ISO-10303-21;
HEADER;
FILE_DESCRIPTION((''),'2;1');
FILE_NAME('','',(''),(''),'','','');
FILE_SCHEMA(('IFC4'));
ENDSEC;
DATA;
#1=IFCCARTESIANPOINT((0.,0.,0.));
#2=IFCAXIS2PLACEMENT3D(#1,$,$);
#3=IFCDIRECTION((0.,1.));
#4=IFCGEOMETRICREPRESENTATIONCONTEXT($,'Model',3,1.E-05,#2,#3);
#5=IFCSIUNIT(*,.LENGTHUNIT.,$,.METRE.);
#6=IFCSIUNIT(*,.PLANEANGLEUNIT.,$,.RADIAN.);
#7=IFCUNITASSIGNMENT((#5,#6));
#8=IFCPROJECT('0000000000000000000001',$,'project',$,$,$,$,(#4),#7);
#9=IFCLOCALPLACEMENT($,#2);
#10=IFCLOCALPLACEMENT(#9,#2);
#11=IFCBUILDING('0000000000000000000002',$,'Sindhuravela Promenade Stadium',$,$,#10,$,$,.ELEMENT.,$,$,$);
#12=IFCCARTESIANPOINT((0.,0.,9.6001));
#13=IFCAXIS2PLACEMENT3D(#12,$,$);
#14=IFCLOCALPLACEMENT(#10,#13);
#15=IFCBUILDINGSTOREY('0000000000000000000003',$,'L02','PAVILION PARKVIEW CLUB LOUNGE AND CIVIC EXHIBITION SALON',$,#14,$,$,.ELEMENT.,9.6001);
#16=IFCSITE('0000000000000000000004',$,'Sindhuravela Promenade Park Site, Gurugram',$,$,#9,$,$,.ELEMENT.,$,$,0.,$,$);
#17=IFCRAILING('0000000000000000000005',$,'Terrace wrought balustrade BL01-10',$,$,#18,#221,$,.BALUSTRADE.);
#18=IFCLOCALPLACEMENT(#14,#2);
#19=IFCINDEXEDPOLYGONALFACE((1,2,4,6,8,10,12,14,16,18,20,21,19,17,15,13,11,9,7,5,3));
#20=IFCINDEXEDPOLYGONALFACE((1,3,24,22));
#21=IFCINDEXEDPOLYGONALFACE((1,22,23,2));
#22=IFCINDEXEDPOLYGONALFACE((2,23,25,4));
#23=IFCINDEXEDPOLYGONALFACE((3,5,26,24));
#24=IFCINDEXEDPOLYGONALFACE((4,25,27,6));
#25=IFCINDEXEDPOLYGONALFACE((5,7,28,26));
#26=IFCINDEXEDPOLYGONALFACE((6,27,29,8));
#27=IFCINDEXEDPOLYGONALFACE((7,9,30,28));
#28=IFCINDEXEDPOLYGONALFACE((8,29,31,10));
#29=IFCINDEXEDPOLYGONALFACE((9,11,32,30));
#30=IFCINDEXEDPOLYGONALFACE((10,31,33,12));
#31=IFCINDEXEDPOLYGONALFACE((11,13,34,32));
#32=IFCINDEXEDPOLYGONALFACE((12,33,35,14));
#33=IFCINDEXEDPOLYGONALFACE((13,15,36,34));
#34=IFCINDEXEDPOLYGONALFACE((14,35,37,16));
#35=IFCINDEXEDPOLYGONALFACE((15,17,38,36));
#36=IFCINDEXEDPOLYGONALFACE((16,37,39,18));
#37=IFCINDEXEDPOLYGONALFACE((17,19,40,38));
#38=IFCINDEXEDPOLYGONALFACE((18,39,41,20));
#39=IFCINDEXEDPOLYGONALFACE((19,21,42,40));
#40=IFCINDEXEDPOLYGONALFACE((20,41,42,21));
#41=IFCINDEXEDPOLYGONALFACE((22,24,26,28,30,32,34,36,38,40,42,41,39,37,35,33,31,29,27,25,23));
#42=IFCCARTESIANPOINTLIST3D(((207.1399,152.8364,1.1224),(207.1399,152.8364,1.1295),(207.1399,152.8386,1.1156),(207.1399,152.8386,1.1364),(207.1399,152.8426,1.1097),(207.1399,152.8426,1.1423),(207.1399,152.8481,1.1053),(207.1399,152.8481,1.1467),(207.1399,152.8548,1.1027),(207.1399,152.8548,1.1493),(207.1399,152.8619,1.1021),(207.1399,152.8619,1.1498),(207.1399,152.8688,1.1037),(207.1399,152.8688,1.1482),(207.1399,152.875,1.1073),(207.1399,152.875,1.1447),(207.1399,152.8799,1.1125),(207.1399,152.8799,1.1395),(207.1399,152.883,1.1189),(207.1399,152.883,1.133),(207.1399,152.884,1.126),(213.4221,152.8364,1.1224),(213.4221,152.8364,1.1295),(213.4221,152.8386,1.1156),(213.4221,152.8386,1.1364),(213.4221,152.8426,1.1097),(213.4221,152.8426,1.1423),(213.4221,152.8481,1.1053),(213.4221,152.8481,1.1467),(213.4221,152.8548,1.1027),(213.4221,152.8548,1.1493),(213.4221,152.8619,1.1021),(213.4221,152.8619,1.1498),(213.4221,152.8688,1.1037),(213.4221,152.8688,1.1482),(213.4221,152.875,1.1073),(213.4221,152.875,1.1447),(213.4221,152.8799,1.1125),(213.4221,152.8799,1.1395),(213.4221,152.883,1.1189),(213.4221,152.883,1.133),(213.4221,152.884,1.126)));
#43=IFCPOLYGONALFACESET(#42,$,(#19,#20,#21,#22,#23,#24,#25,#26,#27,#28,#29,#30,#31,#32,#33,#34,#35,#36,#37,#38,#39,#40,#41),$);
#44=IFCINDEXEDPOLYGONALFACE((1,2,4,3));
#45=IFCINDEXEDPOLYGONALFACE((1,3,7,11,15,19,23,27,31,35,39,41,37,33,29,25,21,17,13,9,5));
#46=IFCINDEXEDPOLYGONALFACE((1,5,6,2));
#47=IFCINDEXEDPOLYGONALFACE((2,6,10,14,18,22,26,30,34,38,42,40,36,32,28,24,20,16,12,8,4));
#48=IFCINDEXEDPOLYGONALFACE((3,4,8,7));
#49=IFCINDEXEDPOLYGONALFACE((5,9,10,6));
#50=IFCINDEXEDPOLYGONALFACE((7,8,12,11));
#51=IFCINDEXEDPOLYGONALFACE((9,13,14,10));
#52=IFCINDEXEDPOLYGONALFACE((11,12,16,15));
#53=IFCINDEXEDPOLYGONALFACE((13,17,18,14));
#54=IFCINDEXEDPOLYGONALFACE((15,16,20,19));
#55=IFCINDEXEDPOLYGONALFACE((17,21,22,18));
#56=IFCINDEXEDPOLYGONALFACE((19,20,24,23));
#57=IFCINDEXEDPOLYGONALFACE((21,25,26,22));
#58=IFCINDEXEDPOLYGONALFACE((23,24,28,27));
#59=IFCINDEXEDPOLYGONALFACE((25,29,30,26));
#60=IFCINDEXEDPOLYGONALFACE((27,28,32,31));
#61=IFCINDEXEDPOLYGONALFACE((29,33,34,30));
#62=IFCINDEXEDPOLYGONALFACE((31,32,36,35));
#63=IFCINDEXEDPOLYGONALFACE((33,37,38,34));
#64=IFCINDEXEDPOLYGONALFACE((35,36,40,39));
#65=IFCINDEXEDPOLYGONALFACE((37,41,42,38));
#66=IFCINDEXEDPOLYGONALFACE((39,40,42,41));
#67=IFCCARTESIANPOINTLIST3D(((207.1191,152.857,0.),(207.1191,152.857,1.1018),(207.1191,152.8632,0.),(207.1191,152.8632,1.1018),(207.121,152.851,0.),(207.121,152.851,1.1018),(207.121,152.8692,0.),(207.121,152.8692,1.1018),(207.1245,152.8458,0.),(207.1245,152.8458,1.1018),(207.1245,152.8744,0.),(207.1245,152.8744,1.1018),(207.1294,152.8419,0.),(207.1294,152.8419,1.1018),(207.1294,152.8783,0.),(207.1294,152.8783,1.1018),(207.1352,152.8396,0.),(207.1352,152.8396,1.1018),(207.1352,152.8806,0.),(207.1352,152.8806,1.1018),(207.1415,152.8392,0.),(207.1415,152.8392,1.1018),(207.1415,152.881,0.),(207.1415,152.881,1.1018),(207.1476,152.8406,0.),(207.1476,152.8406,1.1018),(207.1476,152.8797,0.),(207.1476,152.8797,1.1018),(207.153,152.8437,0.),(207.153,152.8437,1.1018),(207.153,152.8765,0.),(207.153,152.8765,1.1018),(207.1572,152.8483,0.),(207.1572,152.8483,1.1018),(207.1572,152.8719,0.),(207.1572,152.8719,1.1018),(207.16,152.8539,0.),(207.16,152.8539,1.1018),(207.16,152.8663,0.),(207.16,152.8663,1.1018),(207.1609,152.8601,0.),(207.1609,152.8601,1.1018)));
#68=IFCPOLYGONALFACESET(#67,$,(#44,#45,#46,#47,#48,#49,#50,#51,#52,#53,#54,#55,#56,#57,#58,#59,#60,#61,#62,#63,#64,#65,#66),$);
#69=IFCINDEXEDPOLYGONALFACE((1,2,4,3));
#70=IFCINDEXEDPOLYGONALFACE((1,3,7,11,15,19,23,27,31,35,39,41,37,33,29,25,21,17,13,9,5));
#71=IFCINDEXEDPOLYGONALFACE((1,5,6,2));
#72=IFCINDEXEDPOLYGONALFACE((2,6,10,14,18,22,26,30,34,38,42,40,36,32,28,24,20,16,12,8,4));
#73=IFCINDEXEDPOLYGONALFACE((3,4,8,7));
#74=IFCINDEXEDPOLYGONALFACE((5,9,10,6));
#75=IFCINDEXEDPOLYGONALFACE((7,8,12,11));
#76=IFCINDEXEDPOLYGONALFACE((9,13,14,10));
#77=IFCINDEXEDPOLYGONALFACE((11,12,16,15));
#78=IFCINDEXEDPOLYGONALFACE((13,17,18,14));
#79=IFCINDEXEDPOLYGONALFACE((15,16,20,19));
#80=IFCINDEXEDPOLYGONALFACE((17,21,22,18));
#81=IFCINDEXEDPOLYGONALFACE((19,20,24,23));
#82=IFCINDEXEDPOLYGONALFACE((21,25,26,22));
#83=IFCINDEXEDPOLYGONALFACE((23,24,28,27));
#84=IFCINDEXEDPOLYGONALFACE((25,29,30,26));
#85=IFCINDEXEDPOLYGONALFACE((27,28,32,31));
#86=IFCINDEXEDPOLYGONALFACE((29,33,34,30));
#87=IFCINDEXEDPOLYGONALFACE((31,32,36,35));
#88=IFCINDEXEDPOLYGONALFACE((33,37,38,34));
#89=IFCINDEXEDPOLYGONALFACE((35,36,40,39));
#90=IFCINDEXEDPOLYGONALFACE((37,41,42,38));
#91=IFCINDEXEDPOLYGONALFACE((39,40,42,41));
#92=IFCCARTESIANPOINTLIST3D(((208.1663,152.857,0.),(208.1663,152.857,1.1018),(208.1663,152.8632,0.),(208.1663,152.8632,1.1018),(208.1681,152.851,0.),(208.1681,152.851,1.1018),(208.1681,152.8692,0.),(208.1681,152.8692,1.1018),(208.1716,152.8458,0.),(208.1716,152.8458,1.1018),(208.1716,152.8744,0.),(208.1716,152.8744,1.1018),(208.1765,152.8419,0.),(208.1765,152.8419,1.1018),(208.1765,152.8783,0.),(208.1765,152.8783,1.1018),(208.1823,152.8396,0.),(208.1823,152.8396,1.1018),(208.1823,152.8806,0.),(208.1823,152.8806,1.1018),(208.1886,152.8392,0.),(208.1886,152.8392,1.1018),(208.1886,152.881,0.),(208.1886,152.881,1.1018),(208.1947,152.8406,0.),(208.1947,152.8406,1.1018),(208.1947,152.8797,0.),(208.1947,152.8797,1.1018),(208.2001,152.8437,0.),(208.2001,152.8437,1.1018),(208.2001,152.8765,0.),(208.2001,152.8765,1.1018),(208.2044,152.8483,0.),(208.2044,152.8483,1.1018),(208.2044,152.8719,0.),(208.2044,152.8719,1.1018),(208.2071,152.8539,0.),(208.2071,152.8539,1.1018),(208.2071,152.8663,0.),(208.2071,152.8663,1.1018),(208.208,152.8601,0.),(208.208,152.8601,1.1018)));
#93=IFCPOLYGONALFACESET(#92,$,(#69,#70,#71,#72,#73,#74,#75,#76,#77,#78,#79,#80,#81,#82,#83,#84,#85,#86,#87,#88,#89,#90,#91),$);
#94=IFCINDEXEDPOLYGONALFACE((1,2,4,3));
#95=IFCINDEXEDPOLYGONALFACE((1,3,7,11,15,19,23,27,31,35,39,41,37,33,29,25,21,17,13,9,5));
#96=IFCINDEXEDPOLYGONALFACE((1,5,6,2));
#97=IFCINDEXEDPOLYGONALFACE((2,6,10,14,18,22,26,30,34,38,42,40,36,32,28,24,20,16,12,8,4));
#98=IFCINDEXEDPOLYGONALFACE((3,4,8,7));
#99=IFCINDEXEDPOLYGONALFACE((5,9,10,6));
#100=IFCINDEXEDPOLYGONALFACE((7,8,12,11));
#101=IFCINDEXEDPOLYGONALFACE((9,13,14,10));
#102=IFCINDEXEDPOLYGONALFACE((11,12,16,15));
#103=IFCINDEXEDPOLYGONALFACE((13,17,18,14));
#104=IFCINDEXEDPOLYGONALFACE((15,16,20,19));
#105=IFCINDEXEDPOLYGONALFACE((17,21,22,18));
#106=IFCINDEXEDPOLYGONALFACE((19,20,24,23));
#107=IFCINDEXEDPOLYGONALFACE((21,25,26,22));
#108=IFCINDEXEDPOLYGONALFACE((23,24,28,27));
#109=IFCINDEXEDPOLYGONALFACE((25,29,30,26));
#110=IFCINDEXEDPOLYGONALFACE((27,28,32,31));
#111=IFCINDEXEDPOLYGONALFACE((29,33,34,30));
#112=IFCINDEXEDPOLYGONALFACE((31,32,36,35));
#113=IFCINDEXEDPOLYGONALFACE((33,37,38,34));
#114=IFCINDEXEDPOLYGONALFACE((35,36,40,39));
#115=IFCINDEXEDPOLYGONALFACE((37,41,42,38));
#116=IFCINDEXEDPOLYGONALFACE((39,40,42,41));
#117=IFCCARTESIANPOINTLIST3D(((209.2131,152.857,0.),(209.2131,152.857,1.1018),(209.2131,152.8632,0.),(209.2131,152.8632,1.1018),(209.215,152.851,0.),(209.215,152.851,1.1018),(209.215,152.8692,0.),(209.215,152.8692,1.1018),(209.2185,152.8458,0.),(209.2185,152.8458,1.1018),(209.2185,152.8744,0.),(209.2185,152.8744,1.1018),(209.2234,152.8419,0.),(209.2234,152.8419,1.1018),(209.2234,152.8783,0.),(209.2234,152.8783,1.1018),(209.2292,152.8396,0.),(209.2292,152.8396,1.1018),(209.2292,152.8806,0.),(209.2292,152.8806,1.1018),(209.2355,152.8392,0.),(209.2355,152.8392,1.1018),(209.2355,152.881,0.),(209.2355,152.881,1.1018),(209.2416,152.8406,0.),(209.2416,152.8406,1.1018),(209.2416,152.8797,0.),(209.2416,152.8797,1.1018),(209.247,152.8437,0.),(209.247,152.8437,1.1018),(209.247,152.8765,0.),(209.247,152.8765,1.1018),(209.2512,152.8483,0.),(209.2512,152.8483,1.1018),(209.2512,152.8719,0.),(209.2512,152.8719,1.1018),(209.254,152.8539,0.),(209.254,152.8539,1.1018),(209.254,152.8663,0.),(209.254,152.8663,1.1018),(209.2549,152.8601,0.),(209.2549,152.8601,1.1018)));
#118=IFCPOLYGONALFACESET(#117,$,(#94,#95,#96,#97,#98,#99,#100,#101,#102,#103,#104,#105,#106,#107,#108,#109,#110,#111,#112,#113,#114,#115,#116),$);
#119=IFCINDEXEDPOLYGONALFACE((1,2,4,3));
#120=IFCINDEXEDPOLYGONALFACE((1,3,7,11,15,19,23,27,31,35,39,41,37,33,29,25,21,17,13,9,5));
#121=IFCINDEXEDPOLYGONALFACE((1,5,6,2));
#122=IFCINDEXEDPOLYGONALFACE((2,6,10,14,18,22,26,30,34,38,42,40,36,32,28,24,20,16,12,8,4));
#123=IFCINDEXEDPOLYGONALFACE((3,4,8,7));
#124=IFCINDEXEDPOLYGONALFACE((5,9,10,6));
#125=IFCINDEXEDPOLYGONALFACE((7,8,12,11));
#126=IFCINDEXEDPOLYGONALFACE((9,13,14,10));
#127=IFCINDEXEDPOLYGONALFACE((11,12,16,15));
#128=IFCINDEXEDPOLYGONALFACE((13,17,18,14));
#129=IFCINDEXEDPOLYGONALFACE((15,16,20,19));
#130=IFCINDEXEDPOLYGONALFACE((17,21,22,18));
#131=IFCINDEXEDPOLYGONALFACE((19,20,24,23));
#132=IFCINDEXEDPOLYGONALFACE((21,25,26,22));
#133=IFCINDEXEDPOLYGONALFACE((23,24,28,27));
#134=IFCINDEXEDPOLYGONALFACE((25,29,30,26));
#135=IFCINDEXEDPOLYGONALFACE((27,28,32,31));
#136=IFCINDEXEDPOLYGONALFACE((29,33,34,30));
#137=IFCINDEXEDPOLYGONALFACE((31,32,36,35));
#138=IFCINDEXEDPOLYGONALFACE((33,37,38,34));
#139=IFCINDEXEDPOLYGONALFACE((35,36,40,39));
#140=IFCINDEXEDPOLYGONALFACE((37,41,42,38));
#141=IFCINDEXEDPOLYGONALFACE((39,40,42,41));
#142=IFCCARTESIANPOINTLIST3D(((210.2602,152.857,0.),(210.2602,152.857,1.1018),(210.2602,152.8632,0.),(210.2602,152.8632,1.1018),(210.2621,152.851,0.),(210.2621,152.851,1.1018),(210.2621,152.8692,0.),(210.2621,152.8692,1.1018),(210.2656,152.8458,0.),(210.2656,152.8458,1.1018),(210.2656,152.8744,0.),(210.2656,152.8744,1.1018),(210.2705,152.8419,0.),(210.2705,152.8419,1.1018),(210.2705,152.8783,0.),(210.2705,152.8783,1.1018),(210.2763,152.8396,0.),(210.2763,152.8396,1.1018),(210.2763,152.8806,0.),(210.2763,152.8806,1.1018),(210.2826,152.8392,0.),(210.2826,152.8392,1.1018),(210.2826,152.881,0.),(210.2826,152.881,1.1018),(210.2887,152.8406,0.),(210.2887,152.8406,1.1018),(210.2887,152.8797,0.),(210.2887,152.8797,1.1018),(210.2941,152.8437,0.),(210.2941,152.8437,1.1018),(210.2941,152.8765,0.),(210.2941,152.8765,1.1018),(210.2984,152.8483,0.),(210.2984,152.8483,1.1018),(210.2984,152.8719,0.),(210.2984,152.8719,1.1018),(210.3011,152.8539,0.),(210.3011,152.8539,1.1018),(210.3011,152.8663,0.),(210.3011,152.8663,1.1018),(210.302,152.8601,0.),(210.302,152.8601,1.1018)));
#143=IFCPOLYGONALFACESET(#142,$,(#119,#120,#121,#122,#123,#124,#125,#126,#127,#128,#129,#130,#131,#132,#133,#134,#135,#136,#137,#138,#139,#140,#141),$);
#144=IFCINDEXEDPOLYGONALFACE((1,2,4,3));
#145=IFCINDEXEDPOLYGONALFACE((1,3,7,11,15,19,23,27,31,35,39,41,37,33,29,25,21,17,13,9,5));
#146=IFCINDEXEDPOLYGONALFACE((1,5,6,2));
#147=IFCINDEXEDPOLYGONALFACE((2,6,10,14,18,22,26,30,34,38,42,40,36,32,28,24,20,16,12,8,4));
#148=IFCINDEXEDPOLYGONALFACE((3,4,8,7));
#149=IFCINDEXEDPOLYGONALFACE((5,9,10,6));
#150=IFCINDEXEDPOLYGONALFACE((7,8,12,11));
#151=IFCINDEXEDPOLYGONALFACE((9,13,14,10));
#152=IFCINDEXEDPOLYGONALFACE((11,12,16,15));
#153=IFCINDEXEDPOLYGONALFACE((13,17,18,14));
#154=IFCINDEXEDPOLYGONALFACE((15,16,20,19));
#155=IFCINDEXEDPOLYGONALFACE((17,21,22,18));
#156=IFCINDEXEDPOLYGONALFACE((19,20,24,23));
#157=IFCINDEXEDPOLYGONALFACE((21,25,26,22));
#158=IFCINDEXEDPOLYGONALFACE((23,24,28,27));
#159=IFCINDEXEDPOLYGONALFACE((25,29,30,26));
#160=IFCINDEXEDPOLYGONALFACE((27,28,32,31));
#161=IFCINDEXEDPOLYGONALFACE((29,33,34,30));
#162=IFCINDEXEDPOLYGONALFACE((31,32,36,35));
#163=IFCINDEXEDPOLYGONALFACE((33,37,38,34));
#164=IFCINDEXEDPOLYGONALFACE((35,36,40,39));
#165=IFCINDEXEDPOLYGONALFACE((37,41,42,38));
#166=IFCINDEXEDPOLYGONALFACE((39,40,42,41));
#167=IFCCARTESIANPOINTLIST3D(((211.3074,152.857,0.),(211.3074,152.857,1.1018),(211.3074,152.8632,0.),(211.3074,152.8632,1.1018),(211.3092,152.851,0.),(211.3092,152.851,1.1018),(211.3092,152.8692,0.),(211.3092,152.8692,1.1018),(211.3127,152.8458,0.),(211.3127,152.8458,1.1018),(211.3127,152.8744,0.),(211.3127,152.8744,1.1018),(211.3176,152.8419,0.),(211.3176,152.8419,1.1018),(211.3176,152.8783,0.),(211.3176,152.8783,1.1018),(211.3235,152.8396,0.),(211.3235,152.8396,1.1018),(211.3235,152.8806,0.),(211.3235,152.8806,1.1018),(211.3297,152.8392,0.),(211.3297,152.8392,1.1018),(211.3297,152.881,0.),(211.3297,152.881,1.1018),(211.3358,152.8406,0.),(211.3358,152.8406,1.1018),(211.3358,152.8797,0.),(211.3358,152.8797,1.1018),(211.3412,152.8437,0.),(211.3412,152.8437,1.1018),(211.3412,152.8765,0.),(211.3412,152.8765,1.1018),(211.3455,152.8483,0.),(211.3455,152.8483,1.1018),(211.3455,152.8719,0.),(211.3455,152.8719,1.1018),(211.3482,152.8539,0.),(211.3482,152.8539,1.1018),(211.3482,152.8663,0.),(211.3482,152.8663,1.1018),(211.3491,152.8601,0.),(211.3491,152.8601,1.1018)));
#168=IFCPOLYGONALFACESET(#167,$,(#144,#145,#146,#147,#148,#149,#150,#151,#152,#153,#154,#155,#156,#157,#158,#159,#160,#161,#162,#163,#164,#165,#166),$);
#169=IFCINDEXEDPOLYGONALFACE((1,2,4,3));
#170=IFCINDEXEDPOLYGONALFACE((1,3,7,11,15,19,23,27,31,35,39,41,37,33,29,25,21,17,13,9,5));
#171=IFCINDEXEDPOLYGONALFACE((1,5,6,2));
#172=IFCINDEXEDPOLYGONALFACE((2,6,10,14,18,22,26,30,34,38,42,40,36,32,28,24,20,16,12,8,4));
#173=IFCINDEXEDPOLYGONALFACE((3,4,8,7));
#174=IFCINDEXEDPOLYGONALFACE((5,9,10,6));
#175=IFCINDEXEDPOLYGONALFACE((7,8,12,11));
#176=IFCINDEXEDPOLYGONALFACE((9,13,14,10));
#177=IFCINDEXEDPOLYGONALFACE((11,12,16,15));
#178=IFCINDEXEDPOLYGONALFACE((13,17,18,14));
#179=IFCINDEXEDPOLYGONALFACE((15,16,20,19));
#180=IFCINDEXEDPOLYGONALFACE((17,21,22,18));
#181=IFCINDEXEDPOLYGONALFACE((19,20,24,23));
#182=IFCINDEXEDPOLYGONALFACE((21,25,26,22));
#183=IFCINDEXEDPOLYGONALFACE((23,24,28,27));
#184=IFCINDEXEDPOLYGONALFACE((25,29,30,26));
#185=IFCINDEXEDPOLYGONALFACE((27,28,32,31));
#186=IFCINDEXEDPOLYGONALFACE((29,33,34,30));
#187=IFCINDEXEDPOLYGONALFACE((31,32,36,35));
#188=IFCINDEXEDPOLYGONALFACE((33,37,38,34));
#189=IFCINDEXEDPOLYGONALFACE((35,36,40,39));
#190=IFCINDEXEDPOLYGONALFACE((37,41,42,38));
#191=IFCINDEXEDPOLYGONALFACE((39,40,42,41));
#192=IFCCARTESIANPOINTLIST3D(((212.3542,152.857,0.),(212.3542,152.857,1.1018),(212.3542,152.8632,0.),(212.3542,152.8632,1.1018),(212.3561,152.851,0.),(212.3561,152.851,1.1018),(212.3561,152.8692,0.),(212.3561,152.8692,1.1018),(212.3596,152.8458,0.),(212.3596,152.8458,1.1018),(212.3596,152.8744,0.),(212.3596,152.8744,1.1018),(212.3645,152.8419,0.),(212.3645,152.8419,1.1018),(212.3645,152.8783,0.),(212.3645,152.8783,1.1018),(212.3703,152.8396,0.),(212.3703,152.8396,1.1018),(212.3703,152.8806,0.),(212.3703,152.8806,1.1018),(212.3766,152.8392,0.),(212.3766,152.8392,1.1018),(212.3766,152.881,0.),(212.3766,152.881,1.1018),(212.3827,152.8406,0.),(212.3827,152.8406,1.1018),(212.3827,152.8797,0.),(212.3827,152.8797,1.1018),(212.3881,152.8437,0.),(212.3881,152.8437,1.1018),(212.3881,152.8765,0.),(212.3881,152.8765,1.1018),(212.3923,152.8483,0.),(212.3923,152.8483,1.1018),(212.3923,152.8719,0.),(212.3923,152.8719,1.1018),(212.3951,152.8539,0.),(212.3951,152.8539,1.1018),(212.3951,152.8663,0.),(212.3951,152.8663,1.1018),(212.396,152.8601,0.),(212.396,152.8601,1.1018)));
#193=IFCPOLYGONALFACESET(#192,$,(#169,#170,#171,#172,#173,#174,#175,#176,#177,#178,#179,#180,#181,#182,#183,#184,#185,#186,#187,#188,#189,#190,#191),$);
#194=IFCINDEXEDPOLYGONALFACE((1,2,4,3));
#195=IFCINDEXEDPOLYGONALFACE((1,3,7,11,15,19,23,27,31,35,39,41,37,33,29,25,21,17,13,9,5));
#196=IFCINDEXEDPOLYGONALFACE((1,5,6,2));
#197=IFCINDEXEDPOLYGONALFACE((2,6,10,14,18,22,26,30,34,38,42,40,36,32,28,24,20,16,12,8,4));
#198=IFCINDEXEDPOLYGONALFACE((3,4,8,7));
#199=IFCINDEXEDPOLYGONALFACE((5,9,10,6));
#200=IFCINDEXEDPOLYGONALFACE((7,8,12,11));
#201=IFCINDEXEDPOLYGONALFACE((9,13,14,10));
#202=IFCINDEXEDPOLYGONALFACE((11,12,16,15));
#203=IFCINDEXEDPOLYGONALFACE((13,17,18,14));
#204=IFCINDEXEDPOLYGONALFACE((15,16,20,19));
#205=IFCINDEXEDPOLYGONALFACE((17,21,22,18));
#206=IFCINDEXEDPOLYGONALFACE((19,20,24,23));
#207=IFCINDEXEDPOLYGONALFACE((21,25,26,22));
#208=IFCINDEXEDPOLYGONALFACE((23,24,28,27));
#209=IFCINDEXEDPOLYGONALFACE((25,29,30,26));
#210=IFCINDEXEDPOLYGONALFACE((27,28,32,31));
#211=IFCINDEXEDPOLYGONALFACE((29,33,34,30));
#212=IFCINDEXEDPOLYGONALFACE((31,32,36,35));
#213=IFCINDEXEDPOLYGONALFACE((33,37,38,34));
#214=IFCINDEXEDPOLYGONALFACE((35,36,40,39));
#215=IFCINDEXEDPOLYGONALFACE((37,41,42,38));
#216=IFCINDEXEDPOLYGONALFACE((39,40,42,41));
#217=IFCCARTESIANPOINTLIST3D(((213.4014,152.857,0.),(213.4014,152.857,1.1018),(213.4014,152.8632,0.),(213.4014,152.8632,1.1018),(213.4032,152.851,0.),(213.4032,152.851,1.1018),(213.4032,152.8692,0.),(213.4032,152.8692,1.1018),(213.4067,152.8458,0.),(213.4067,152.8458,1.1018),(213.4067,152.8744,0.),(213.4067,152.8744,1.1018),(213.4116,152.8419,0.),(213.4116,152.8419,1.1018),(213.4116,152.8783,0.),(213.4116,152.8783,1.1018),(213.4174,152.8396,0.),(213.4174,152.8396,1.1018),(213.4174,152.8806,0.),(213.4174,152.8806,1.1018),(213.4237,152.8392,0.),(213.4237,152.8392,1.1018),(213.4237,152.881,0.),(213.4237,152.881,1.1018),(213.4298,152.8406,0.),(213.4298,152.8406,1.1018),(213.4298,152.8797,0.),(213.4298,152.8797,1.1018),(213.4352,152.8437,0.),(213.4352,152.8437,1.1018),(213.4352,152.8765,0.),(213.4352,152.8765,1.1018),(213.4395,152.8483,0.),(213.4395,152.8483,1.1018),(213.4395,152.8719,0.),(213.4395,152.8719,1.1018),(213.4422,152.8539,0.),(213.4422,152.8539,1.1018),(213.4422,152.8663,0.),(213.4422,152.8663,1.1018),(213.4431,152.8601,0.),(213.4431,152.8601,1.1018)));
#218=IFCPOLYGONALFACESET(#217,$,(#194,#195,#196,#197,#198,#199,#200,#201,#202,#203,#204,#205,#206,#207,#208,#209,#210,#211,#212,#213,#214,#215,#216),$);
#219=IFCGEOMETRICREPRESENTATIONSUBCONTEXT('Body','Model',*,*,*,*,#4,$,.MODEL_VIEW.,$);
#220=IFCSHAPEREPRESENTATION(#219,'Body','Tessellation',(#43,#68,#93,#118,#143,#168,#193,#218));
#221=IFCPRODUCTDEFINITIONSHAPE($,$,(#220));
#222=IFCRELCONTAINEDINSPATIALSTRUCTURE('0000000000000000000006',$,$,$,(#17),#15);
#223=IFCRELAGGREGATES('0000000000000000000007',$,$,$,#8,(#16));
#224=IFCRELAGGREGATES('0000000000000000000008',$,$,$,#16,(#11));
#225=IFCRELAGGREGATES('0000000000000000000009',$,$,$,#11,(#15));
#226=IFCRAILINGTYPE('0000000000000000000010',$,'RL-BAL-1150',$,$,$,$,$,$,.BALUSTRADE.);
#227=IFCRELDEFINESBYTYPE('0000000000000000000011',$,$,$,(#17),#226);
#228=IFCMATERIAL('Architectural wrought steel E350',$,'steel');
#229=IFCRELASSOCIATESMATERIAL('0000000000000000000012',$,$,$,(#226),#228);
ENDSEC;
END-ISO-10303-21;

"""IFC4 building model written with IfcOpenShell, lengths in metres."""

from ifc_helpers import new_model, si_unit, direction, frame, origin, origin_2d, place, context, subcontext, project, spatial, circle, extrude, material, type_object, element, save


model = new_model("IFC4")

# Units and contexts
model_context = context("Model", 3, precision=1e-05, world=origin(), true_north=direction((0.0, 1.0)))
body_context = subcontext(model_context, "Body", "Model", "MODEL_VIEW")
ifc_project = project(units=[si_unit("LENGTHUNIT", "METRE"), si_unit("PLANEANGLEUNIT", "RADIAN")], contexts=[model_context])

# Site, building, storey
site_placement = place(None, origin())
site = spatial("IfcSite", under=ifc_project, at=site_placement, Name="Sindhuravela Promenade Park Site, Gurugram", CompositionType="ELEMENT", RefElevation=0.0)
building_placement = place(site_placement, origin())
building = spatial("IfcBuilding", under=site, at=building_placement, Name="Sindhuravela Promenade Stadium", CompositionType="ELEMENT")
storey_placement = place(building_placement, frame((0.0, 0.0, 9.6001)))
storey = spatial("IfcBuildingStorey", under=building, at=storey_placement, Name="L02", Description="PAVILION PARKVIEW CLUB LOUNGE AND CIVIC EXHIBITION SALON", CompositionType="ELEMENT", Elevation=9.6001)

# Railing
ifc_material_1 = material(Name="Architectural wrought steel E350", Category="steel")
railing_type = type_object("IfcRailingType", Name="RL-BAL-1150", PredefinedType="BALUSTRADE", material=ifc_material_1)
railing_1_placement = place(storey_placement, frame((207.1399, 152.8601, 0.0)))
element("IfcRailing", 1, at=railing_1_placement, inside=storey, type_object=railing_type, Name="Terrace wrought balustrade BL01-10", PredefinedType="BALUSTRADE", context=body_context, shape_type="SweptSolid", body=[
    extrude(circle(Radius=0.0239, at=origin_2d()), frame((0.0, 0.0, 1.126), z_axis=(1.0, 0.0, 0.0), x_axis=(0.0, 1.0, 0.0)), (0.0, 0.0, 1.0), 6.2822),
    extrude(circle(Radius=0.021, at=origin_2d()), origin(), (0.0, 0.0, 1.0), 1.1018),
    extrude(circle(Radius=0.021, at=origin_2d()), frame((1.0471, 0.0, 0.0)), (0.0, 0.0, 1.0), 1.1018),
    extrude(circle(Radius=0.021, at=origin_2d()), frame((2.094, 0.0, 0.0)), (0.0, 0.0, 1.0), 1.1018),
    extrude(circle(Radius=0.021, at=origin_2d()), frame((3.1411, 0.0, 0.0)), (0.0, 0.0, 1.0), 1.1018),
    extrude(circle(Radius=0.021, at=origin_2d()), frame((4.1882, 0.0, 0.0)), (0.0, 0.0, 1.0), 1.1018),
    extrude(circle(Radius=0.021, at=origin_2d()), frame((5.2351, 0.0, 0.0)), (0.0, 0.0, 1.0), 1.1018),
    extrude(circle(Radius=0.021, at=origin_2d()), frame((6.2822, 0.0, 0.0)), (0.0, 0.0, 1.0), 1.1018),
])

save(model, "model.ifc")
